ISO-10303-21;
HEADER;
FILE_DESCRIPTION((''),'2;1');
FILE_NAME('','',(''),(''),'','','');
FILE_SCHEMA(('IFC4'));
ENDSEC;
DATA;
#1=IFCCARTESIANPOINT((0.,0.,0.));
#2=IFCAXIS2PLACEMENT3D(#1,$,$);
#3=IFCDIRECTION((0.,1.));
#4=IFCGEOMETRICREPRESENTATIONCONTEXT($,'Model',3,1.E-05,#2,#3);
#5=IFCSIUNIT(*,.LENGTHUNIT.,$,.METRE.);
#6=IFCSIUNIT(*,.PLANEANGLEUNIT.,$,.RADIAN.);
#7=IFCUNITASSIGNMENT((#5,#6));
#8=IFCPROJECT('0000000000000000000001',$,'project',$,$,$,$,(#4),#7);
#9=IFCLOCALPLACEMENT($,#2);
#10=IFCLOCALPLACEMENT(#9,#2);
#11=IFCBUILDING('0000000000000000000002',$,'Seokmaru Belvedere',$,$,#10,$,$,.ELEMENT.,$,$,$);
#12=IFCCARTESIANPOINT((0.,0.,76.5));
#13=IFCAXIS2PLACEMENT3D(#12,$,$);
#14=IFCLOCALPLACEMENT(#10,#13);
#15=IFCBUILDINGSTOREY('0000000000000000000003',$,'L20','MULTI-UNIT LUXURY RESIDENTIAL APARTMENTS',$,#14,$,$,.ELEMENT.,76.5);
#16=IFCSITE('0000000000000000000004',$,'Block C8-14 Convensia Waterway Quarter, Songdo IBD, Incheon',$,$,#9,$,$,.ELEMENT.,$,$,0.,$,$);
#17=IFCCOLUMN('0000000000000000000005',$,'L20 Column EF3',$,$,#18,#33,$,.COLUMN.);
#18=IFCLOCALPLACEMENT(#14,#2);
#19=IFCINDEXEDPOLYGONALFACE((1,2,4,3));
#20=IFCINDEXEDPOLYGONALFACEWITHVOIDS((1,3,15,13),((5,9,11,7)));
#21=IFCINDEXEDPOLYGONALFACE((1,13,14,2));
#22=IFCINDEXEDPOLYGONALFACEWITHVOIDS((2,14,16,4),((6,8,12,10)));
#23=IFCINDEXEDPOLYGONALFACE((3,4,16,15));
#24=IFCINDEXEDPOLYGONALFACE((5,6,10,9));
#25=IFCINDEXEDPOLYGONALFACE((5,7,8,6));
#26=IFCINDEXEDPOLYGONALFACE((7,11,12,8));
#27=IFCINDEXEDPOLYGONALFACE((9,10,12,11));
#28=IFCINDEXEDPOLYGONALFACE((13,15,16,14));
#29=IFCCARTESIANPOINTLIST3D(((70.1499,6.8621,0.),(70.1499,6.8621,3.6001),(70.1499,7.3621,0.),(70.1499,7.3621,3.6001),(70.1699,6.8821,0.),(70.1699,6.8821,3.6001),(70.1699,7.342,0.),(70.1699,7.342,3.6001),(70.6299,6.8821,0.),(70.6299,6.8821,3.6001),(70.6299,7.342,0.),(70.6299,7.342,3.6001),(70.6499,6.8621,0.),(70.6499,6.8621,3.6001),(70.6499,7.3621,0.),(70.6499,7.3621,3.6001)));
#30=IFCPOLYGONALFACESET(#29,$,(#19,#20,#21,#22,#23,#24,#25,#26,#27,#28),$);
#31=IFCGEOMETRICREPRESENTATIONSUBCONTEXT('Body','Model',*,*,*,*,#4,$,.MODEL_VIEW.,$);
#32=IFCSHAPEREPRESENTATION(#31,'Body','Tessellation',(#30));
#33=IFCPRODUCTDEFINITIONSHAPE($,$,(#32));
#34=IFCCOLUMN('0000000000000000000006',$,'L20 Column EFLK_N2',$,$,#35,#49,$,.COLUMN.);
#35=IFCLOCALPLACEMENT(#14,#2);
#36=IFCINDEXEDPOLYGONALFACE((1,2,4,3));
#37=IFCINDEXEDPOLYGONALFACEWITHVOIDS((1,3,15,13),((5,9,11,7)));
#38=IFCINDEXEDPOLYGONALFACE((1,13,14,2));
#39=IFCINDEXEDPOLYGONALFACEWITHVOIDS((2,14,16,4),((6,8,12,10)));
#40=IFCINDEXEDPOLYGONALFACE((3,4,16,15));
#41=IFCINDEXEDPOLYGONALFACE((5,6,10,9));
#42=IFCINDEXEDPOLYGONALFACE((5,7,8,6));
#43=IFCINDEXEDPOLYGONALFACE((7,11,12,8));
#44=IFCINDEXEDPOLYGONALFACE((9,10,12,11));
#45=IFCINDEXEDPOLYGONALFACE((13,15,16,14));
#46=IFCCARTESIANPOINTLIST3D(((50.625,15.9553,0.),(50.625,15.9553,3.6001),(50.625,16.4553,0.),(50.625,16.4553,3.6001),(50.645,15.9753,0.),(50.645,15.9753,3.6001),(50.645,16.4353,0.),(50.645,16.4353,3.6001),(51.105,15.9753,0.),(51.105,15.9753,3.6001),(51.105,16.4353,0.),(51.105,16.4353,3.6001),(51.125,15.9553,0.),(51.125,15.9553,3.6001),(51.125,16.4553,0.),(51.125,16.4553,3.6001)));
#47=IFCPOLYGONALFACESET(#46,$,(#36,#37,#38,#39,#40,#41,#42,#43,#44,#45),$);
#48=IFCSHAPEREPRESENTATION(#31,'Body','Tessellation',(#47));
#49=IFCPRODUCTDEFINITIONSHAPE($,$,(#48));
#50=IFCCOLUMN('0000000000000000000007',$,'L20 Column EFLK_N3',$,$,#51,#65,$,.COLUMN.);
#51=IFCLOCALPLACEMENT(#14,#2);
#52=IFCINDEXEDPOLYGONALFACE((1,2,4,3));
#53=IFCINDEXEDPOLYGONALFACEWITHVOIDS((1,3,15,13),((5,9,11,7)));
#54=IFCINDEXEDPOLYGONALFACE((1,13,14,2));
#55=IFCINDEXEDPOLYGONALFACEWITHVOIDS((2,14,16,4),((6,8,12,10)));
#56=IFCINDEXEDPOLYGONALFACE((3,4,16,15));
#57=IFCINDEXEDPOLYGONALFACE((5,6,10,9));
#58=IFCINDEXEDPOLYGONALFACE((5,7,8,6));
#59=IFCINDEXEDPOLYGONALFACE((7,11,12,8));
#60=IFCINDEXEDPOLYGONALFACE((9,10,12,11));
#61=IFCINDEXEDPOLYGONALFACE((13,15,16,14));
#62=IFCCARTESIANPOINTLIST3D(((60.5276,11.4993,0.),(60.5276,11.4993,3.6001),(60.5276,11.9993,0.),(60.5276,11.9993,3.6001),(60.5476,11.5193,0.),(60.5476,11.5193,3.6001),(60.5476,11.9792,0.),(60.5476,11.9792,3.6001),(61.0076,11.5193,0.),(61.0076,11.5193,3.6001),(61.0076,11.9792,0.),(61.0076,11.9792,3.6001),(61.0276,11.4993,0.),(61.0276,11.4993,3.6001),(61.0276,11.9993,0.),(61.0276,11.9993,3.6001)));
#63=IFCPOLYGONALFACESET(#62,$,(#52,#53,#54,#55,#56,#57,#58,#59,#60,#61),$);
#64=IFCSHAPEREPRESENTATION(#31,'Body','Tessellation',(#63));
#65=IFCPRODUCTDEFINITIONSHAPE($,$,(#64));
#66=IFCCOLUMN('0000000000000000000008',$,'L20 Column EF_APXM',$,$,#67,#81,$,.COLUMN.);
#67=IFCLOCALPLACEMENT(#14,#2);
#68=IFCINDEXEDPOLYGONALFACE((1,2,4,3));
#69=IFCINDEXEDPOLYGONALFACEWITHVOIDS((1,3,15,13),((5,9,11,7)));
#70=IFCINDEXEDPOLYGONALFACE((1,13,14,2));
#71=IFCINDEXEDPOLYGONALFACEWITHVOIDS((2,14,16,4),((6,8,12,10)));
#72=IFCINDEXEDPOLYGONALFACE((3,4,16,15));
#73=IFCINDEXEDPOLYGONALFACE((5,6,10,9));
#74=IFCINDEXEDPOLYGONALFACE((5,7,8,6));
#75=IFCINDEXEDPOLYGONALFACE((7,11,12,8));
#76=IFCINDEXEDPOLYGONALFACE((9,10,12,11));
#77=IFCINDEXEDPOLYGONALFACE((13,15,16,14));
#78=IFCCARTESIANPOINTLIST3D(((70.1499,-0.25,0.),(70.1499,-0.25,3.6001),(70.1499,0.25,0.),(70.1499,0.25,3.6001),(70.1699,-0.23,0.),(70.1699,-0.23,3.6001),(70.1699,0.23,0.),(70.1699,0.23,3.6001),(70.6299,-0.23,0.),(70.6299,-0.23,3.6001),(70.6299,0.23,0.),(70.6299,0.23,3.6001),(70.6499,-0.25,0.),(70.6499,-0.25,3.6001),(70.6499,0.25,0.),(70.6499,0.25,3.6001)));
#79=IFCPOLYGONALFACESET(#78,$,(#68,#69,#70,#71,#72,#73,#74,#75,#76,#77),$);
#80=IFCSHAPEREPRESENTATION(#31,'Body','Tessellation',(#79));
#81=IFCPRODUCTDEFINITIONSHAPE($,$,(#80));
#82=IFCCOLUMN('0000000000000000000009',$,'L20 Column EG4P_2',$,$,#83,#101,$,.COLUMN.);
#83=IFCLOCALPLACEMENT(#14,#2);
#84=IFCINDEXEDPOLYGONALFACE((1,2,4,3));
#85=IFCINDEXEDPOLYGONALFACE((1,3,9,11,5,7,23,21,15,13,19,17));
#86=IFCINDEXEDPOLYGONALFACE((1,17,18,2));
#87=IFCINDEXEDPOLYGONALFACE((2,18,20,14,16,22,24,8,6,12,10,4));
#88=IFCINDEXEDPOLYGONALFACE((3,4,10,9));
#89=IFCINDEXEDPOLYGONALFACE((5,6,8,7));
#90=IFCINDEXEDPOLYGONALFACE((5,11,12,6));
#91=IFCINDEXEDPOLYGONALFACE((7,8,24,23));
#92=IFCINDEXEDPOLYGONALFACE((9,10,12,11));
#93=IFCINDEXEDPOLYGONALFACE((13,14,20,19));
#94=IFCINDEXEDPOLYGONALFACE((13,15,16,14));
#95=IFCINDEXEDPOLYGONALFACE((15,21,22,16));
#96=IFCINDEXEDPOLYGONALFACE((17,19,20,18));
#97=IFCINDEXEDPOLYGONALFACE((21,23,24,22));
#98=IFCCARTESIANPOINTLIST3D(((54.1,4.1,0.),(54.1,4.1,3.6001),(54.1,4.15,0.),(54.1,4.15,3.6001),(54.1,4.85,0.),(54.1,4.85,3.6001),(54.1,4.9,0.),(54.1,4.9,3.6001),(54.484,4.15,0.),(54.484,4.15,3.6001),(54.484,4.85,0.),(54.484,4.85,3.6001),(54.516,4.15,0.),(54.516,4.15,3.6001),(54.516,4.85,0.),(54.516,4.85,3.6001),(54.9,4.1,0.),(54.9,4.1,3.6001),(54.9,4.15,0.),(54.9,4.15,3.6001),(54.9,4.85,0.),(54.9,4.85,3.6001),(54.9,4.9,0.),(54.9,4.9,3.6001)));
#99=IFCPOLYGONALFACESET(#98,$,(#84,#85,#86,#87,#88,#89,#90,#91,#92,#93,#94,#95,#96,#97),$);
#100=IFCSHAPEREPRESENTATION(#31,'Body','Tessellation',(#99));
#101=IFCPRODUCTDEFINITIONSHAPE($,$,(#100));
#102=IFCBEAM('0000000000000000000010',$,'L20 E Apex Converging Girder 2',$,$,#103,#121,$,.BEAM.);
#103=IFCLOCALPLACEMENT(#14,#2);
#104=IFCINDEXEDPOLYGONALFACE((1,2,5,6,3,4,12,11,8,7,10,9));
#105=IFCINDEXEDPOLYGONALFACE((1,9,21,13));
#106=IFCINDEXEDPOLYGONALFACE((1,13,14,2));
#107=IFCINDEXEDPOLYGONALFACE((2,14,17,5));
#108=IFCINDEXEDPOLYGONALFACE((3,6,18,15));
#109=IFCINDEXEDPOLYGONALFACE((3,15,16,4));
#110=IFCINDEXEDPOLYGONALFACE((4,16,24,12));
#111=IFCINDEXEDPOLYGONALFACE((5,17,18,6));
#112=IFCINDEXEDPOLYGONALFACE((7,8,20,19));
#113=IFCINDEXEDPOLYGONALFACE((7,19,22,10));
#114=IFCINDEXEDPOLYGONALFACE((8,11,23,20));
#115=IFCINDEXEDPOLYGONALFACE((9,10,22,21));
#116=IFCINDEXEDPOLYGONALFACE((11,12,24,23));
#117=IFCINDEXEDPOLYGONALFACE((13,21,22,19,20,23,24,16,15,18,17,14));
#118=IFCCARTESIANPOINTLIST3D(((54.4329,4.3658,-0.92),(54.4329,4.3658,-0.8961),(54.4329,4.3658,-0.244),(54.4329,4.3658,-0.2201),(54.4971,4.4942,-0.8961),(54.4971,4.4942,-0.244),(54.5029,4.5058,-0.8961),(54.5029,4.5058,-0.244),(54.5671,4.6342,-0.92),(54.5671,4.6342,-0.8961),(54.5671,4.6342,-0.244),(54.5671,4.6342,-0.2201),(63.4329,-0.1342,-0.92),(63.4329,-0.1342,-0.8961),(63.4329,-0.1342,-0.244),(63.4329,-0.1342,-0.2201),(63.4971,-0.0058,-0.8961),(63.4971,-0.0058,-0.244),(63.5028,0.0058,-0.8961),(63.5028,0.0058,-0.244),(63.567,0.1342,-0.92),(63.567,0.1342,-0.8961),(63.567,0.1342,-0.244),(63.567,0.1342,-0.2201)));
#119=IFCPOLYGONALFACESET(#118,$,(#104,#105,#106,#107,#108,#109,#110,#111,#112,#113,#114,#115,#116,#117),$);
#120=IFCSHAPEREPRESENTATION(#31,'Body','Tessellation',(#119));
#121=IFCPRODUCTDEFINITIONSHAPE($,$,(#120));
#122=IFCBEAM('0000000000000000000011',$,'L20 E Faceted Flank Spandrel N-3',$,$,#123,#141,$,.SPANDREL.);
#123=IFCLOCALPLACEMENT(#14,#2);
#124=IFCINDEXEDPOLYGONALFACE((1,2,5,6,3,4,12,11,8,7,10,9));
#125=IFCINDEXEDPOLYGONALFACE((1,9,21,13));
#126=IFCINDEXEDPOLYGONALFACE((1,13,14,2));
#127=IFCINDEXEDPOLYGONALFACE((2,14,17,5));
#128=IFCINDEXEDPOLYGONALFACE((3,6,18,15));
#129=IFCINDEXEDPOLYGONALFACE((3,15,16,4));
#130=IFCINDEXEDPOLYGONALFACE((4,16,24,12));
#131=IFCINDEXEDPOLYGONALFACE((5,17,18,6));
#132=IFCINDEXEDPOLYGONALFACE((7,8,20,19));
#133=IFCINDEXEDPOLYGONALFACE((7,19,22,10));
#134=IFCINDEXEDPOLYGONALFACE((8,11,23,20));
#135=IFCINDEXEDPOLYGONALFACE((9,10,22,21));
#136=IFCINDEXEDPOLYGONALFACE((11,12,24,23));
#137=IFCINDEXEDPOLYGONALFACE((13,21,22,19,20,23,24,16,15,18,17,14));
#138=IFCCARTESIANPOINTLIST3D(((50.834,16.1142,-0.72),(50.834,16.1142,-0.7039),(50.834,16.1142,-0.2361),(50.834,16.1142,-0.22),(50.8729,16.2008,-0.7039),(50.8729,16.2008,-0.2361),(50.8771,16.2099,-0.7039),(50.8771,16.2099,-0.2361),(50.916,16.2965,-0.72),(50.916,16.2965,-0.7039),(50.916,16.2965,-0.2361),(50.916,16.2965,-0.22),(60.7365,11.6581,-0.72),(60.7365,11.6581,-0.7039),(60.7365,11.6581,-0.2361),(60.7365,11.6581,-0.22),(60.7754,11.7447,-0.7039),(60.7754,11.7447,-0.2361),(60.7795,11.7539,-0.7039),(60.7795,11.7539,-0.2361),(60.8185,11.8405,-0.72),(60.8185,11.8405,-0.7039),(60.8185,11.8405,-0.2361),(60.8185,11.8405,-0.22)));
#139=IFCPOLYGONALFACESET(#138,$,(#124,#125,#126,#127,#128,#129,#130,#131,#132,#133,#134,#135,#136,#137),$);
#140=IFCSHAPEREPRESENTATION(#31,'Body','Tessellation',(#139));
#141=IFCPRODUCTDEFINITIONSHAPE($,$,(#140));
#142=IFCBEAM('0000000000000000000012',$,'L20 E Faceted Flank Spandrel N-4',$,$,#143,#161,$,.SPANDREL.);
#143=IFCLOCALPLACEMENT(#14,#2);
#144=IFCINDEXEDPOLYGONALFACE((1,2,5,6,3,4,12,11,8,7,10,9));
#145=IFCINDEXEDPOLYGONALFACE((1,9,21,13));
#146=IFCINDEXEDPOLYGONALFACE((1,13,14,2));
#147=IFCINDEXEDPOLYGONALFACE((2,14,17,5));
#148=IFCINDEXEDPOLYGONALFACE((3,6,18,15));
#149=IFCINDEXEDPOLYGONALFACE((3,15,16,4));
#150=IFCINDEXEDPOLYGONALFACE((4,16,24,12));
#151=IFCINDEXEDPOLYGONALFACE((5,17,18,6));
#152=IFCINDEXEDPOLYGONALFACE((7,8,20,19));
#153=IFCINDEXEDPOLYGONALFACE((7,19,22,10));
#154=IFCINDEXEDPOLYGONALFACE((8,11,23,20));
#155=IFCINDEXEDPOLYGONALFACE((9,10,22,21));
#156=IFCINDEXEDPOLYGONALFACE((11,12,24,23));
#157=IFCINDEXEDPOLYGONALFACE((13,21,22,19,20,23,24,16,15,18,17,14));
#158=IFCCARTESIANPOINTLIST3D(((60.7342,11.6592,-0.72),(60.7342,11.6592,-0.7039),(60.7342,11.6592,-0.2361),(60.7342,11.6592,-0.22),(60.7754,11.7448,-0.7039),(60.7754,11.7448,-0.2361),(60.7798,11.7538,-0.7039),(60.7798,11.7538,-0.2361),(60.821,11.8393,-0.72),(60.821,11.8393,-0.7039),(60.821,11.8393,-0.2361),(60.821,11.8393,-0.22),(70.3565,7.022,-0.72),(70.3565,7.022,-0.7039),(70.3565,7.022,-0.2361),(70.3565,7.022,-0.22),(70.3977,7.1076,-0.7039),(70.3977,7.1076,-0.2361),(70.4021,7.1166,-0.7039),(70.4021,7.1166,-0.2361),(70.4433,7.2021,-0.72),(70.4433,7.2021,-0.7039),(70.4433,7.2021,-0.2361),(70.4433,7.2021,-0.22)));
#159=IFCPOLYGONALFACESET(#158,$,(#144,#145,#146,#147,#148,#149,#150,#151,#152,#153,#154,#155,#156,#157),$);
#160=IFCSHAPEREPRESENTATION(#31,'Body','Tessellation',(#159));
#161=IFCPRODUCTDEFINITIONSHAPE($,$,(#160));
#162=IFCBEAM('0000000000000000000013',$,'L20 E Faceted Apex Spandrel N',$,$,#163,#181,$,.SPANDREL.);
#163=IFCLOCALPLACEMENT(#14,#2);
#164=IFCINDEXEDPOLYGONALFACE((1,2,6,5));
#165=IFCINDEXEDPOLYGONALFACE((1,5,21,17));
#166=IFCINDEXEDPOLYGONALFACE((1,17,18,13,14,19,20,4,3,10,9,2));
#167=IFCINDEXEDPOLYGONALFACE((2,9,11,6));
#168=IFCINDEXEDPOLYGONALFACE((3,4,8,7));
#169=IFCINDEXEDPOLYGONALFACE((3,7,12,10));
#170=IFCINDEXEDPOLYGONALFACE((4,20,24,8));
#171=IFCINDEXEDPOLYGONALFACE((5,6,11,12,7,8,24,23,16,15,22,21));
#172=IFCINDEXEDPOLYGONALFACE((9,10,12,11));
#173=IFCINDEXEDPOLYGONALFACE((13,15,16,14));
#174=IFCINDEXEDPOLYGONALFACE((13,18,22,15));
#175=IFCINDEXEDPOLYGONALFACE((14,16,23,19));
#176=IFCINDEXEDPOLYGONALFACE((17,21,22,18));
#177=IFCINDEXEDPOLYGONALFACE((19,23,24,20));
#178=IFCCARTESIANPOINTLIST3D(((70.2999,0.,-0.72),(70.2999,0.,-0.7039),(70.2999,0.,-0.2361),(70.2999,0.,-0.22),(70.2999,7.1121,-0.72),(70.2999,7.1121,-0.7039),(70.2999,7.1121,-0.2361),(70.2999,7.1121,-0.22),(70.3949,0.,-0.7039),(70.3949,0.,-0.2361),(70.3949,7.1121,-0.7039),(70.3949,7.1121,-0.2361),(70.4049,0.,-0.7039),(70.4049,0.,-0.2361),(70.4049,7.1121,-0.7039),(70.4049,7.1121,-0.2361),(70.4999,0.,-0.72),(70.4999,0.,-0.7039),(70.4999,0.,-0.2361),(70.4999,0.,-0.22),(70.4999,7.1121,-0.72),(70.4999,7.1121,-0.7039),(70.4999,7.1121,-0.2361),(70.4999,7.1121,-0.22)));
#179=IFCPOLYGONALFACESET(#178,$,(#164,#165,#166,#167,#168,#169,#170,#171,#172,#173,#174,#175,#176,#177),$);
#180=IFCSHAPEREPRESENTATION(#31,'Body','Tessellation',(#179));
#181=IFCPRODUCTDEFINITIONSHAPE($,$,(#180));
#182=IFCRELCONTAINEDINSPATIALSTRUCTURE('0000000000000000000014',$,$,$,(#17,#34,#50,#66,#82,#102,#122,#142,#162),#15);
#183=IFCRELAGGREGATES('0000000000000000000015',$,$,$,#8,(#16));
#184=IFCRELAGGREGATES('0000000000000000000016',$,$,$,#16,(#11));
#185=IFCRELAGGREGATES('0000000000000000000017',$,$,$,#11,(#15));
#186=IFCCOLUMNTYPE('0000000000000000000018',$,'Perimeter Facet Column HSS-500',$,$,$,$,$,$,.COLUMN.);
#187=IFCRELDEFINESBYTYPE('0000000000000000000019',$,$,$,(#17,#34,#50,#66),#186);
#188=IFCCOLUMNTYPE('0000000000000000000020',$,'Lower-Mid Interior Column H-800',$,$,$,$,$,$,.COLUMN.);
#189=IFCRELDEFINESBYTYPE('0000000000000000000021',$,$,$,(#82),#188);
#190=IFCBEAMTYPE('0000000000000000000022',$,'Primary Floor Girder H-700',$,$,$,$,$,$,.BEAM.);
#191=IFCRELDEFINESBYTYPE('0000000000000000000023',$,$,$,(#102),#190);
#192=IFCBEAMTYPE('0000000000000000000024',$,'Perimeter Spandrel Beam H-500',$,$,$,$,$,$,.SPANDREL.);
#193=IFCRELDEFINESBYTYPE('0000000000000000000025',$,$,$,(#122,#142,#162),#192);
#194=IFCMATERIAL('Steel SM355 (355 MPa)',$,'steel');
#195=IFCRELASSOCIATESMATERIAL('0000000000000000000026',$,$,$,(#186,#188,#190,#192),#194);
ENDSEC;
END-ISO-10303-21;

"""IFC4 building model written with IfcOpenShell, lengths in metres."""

from ifc_helpers import new_model, si_unit, direction, frame, origin, origin_2d, place, context, subcontext, project, spatial, hollow_rectangle, i_section, extrude, source, transform, mapped, material, material_profile, profile_set, type_object, type_shapes, element, save


model = new_model("IFC4")

# Units and contexts
model_context = context("Model", 3, precision=1e-05, world=origin(), true_north=direction((0.0, 1.0)))
body_context = subcontext(model_context, "Body", "Model", "MODEL_VIEW")
ifc_project = project(units=[si_unit("LENGTHUNIT", "METRE"), si_unit("PLANEANGLEUNIT", "RADIAN")], contexts=[model_context])

# Site, building, storey
site_placement = place(None, origin())
site = spatial("IfcSite", under=ifc_project, at=site_placement, Name="Block C8-14 Convensia Waterway Quarter, Songdo IBD, Incheon", CompositionType="ELEMENT", RefElevation=0.0)
building_placement = place(site_placement, origin())
building = spatial("IfcBuilding", under=site, at=building_placement, Name="Seokmaru Belvedere", CompositionType="ELEMENT")
storey_placement = place(building_placement, frame((0.0, 0.0, 76.5)))
storey = spatial("IfcBuildingStorey", under=building, at=storey_placement, Name="L20", Description="MULTI-UNIT LUXURY RESIDENTIAL APARTMENTS", CompositionType="ELEMENT", Elevation=76.5)

# Columns
ifc_material_1 = material(Name="Steel SM355 (355 MPa)", Category="steel")
ifc_material_profile_1 = material_profile(ifc_material_1, hollow_rectangle(XDim=0.5, YDim=0.5, WallThickness=0.02, at=origin_2d()), Name="HSS-500x500x20")
ifc_profile_set_1 = profile_set([ifc_material_profile_1], Name="Steel SM355 (355 MPa)")
column_type_1 = type_object("IfcColumnType", Name="Perimeter Facet Column HSS-500", PredefinedType="COLUMN", material=ifc_profile_set_1)
shared_shape_1 = source(origin(), body_context, "Body", "SweptSolid", [
    extrude(hollow_rectangle(XDim=0.5, YDim=0.5, WallThickness=0.02, at=origin_2d()), origin(), (0.0, 0.0, 1.0), 3.6001),
])
type_shapes(column_type_1, [shared_shape_1])
for number, where, z_axis, x_axis, name in (
    (1, (70.3999, 7.1121, 0.0), (0.0, 0.0, 1.0), (1.0, 0.0, 0.0), "L20 Column EF3"),
    (2, (50.875, 16.2053, 0.0), (0.0, 0.0, 1.0), (1.0, 0.0, 0.0), "L20 Column EFLK_N2"),
    (3, (60.7776, 11.7493, 0.0), (0.0, 0.0, 1.0), (1.0, 0.0, 0.0), "L20 Column EFLK_N3"),
    (4, (70.3999, 0.0, 0.0), (0.0, 0.0, 1.0), (1.0, 0.0, 0.0), "L20 Column EF_APXM"),
):
    element("IfcColumn", number, at=place(storey_placement, frame(where, z_axis=z_axis, x_axis=x_axis)), inside=storey, type_object=column_type_1, Name=name, PredefinedType="COLUMN", context=body_context, shape_type="MappedRepresentation", body=[
        mapped(shared_shape_1, transform((0.0, 0.0, 0.0), scale=1.0)),
    ])
ifc_material_profile_2 = material_profile(ifc_material_1, i_section(OverallWidth=0.8, OverallDepth=0.8, WebThickness=0.032, FlangeThickness=0.05, at=origin_2d()), Name="H-800x800x32x50")
ifc_profile_set_2 = profile_set([ifc_material_profile_2], Name="Steel SM355 (355 MPa)")
column_type_2 = type_object("IfcColumnType", Name="Lower-Mid Interior Column H-800", PredefinedType="COLUMN", material=ifc_profile_set_2)
shared_shape_2 = source(origin(), body_context, "Body", "SweptSolid", [
    extrude(i_section(OverallWidth=0.8, OverallDepth=0.8, WebThickness=0.032, FlangeThickness=0.05, at=origin_2d()), origin(), (0.0, 0.0, 1.0), 3.6001),
])
type_shapes(column_type_2, [shared_shape_2])
column_placement = place(storey_placement, frame((54.5, 4.5, 0.0), z_axis=(0.0, 0.0, 1.0), x_axis=(1.0, 0.0, 0.0)))
element("IfcColumn", 5, at=column_placement, inside=storey, type_object=column_type_2, Name="L20 Column EG4P_2", PredefinedType="COLUMN", context=body_context, shape_type="MappedRepresentation", body=[
    mapped(shared_shape_2, transform((0.0, 0.0, 0.0), scale=1.0)),
])

# Beams
ifc_material_profile_3 = material_profile(ifc_material_1, i_section(OverallWidth=0.3, OverallDepth=0.7, WebThickness=0.0129, FlangeThickness=0.0239, at=origin_2d()), Name="H-700x300x13x24")
ifc_profile_set_3 = profile_set([ifc_material_profile_3], Name="Steel SM355 (355 MPa)")
beam_type_1 = type_object("IfcBeamType", Name="Primary Floor Girder H-700", PredefinedType="BEAM", material=ifc_profile_set_3)
shared_shape_3 = source(origin(), body_context, "Body", "SweptSolid", [
    extrude(i_section(OverallWidth=0.3, OverallDepth=0.7, WebThickness=0.0129, FlangeThickness=0.0239, at=origin_2d()), origin(), (0.0, 0.0, 1.0), 10.0623),
])
beam_1_placement = place(storey_placement, frame((54.5, 4.5, -0.5701), z_axis=(0.894427, -0.447214, 0.0), x_axis=(0.447214, 0.894427, 0.0)))
element("IfcBeam", 6, at=beam_1_placement, inside=storey, type_object=beam_type_1, Name="L20 E Apex Converging Girder 2", PredefinedType="BEAM", context=body_context, shape_type="MappedRepresentation", body=[
    mapped(shared_shape_3, transform((0.0, 0.0, 0.0), scale=1.0)),
])
ifc_material_profile_4 = material_profile(ifc_material_1, i_section(OverallWidth=0.2, OverallDepth=0.5, WebThickness=0.01, FlangeThickness=0.0161, at=origin_2d()), Name="H-500x200x10x16")
ifc_profile_set_4 = profile_set([ifc_material_profile_4], Name="Steel SM355 (355 MPa)")
beam_type_2 = type_object("IfcBeamType", Name="Perimeter Spandrel Beam H-500", PredefinedType="SPANDREL", material=ifc_profile_set_4)
shared_shape_4 = source(origin(), body_context, "Body", "SweptSolid", [
    extrude(i_section(OverallWidth=0.2, OverallDepth=0.5, WebThickness=0.01, FlangeThickness=0.0161, at=origin_2d()), origin(), (0.0, 0.0, 1.0), 10.8589),
])
beam_2_placement = place(storey_placement, frame((50.875, 16.2053, -0.47), z_axis=(0.911925, -0.410356, 0.0), x_axis=(0.410356, 0.911925, 0.0)))
element("IfcBeam", 7, at=beam_2_placement, inside=storey, type_object=beam_type_2, Name="L20 E Faceted Flank Spandrel N-3", PredefinedType="SPANDREL", context=body_context, shape_type="MappedRepresentation", body=[
    mapped(shared_shape_4, transform((0.0, 0.0, 0.0), scale=1.0)),
])
shared_shape_5 = source(origin(), body_context, "Body", "SweptSolid", [
    extrude(i_section(OverallWidth=0.2, OverallDepth=0.5, WebThickness=0.01, FlangeThickness=0.0161, at=origin_2d()), origin(), (0.0, 0.0, 1.0), 10.6814),
])
beam_3_placement = place(storey_placement, frame((60.7776, 11.7493, -0.47), z_axis=(0.900846, -0.434138, 0.0), x_axis=(0.434138, 0.900846, 0.0)))
element("IfcBeam", 8, at=beam_3_placement, inside=storey, type_object=beam_type_2, Name="L20 E Faceted Flank Spandrel N-4", PredefinedType="SPANDREL", context=body_context, shape_type="MappedRepresentation", body=[
    mapped(shared_shape_5, transform((0.0, 0.0, 0.0), scale=1.0)),
])
shared_shape_6 = source(origin(), body_context, "Body", "SweptSolid", [
    extrude(i_section(OverallWidth=0.2, OverallDepth=0.5, WebThickness=0.01, FlangeThickness=0.0161, at=origin_2d()), origin(), (0.0, 0.0, 1.0), 7.1121),
])
type_shapes(beam_type_2, [shared_shape_4, shared_shape_5, shared_shape_6])
beam_4_placement = place(storey_placement, frame((70.3999, 0.0, -0.47), z_axis=(0.0, 1.0, 0.0), x_axis=(-1.0, 0.0, 0.0)))
element("IfcBeam", 9, at=beam_4_placement, inside=storey, type_object=beam_type_2, Name="L20 E Faceted Apex Spandrel N", PredefinedType="SPANDREL", context=body_context, shape_type="MappedRepresentation", body=[
    mapped(shared_shape_6, transform((0.0, 0.0, 0.0), scale=1.0)),
])

save(model, "model.ifc")
